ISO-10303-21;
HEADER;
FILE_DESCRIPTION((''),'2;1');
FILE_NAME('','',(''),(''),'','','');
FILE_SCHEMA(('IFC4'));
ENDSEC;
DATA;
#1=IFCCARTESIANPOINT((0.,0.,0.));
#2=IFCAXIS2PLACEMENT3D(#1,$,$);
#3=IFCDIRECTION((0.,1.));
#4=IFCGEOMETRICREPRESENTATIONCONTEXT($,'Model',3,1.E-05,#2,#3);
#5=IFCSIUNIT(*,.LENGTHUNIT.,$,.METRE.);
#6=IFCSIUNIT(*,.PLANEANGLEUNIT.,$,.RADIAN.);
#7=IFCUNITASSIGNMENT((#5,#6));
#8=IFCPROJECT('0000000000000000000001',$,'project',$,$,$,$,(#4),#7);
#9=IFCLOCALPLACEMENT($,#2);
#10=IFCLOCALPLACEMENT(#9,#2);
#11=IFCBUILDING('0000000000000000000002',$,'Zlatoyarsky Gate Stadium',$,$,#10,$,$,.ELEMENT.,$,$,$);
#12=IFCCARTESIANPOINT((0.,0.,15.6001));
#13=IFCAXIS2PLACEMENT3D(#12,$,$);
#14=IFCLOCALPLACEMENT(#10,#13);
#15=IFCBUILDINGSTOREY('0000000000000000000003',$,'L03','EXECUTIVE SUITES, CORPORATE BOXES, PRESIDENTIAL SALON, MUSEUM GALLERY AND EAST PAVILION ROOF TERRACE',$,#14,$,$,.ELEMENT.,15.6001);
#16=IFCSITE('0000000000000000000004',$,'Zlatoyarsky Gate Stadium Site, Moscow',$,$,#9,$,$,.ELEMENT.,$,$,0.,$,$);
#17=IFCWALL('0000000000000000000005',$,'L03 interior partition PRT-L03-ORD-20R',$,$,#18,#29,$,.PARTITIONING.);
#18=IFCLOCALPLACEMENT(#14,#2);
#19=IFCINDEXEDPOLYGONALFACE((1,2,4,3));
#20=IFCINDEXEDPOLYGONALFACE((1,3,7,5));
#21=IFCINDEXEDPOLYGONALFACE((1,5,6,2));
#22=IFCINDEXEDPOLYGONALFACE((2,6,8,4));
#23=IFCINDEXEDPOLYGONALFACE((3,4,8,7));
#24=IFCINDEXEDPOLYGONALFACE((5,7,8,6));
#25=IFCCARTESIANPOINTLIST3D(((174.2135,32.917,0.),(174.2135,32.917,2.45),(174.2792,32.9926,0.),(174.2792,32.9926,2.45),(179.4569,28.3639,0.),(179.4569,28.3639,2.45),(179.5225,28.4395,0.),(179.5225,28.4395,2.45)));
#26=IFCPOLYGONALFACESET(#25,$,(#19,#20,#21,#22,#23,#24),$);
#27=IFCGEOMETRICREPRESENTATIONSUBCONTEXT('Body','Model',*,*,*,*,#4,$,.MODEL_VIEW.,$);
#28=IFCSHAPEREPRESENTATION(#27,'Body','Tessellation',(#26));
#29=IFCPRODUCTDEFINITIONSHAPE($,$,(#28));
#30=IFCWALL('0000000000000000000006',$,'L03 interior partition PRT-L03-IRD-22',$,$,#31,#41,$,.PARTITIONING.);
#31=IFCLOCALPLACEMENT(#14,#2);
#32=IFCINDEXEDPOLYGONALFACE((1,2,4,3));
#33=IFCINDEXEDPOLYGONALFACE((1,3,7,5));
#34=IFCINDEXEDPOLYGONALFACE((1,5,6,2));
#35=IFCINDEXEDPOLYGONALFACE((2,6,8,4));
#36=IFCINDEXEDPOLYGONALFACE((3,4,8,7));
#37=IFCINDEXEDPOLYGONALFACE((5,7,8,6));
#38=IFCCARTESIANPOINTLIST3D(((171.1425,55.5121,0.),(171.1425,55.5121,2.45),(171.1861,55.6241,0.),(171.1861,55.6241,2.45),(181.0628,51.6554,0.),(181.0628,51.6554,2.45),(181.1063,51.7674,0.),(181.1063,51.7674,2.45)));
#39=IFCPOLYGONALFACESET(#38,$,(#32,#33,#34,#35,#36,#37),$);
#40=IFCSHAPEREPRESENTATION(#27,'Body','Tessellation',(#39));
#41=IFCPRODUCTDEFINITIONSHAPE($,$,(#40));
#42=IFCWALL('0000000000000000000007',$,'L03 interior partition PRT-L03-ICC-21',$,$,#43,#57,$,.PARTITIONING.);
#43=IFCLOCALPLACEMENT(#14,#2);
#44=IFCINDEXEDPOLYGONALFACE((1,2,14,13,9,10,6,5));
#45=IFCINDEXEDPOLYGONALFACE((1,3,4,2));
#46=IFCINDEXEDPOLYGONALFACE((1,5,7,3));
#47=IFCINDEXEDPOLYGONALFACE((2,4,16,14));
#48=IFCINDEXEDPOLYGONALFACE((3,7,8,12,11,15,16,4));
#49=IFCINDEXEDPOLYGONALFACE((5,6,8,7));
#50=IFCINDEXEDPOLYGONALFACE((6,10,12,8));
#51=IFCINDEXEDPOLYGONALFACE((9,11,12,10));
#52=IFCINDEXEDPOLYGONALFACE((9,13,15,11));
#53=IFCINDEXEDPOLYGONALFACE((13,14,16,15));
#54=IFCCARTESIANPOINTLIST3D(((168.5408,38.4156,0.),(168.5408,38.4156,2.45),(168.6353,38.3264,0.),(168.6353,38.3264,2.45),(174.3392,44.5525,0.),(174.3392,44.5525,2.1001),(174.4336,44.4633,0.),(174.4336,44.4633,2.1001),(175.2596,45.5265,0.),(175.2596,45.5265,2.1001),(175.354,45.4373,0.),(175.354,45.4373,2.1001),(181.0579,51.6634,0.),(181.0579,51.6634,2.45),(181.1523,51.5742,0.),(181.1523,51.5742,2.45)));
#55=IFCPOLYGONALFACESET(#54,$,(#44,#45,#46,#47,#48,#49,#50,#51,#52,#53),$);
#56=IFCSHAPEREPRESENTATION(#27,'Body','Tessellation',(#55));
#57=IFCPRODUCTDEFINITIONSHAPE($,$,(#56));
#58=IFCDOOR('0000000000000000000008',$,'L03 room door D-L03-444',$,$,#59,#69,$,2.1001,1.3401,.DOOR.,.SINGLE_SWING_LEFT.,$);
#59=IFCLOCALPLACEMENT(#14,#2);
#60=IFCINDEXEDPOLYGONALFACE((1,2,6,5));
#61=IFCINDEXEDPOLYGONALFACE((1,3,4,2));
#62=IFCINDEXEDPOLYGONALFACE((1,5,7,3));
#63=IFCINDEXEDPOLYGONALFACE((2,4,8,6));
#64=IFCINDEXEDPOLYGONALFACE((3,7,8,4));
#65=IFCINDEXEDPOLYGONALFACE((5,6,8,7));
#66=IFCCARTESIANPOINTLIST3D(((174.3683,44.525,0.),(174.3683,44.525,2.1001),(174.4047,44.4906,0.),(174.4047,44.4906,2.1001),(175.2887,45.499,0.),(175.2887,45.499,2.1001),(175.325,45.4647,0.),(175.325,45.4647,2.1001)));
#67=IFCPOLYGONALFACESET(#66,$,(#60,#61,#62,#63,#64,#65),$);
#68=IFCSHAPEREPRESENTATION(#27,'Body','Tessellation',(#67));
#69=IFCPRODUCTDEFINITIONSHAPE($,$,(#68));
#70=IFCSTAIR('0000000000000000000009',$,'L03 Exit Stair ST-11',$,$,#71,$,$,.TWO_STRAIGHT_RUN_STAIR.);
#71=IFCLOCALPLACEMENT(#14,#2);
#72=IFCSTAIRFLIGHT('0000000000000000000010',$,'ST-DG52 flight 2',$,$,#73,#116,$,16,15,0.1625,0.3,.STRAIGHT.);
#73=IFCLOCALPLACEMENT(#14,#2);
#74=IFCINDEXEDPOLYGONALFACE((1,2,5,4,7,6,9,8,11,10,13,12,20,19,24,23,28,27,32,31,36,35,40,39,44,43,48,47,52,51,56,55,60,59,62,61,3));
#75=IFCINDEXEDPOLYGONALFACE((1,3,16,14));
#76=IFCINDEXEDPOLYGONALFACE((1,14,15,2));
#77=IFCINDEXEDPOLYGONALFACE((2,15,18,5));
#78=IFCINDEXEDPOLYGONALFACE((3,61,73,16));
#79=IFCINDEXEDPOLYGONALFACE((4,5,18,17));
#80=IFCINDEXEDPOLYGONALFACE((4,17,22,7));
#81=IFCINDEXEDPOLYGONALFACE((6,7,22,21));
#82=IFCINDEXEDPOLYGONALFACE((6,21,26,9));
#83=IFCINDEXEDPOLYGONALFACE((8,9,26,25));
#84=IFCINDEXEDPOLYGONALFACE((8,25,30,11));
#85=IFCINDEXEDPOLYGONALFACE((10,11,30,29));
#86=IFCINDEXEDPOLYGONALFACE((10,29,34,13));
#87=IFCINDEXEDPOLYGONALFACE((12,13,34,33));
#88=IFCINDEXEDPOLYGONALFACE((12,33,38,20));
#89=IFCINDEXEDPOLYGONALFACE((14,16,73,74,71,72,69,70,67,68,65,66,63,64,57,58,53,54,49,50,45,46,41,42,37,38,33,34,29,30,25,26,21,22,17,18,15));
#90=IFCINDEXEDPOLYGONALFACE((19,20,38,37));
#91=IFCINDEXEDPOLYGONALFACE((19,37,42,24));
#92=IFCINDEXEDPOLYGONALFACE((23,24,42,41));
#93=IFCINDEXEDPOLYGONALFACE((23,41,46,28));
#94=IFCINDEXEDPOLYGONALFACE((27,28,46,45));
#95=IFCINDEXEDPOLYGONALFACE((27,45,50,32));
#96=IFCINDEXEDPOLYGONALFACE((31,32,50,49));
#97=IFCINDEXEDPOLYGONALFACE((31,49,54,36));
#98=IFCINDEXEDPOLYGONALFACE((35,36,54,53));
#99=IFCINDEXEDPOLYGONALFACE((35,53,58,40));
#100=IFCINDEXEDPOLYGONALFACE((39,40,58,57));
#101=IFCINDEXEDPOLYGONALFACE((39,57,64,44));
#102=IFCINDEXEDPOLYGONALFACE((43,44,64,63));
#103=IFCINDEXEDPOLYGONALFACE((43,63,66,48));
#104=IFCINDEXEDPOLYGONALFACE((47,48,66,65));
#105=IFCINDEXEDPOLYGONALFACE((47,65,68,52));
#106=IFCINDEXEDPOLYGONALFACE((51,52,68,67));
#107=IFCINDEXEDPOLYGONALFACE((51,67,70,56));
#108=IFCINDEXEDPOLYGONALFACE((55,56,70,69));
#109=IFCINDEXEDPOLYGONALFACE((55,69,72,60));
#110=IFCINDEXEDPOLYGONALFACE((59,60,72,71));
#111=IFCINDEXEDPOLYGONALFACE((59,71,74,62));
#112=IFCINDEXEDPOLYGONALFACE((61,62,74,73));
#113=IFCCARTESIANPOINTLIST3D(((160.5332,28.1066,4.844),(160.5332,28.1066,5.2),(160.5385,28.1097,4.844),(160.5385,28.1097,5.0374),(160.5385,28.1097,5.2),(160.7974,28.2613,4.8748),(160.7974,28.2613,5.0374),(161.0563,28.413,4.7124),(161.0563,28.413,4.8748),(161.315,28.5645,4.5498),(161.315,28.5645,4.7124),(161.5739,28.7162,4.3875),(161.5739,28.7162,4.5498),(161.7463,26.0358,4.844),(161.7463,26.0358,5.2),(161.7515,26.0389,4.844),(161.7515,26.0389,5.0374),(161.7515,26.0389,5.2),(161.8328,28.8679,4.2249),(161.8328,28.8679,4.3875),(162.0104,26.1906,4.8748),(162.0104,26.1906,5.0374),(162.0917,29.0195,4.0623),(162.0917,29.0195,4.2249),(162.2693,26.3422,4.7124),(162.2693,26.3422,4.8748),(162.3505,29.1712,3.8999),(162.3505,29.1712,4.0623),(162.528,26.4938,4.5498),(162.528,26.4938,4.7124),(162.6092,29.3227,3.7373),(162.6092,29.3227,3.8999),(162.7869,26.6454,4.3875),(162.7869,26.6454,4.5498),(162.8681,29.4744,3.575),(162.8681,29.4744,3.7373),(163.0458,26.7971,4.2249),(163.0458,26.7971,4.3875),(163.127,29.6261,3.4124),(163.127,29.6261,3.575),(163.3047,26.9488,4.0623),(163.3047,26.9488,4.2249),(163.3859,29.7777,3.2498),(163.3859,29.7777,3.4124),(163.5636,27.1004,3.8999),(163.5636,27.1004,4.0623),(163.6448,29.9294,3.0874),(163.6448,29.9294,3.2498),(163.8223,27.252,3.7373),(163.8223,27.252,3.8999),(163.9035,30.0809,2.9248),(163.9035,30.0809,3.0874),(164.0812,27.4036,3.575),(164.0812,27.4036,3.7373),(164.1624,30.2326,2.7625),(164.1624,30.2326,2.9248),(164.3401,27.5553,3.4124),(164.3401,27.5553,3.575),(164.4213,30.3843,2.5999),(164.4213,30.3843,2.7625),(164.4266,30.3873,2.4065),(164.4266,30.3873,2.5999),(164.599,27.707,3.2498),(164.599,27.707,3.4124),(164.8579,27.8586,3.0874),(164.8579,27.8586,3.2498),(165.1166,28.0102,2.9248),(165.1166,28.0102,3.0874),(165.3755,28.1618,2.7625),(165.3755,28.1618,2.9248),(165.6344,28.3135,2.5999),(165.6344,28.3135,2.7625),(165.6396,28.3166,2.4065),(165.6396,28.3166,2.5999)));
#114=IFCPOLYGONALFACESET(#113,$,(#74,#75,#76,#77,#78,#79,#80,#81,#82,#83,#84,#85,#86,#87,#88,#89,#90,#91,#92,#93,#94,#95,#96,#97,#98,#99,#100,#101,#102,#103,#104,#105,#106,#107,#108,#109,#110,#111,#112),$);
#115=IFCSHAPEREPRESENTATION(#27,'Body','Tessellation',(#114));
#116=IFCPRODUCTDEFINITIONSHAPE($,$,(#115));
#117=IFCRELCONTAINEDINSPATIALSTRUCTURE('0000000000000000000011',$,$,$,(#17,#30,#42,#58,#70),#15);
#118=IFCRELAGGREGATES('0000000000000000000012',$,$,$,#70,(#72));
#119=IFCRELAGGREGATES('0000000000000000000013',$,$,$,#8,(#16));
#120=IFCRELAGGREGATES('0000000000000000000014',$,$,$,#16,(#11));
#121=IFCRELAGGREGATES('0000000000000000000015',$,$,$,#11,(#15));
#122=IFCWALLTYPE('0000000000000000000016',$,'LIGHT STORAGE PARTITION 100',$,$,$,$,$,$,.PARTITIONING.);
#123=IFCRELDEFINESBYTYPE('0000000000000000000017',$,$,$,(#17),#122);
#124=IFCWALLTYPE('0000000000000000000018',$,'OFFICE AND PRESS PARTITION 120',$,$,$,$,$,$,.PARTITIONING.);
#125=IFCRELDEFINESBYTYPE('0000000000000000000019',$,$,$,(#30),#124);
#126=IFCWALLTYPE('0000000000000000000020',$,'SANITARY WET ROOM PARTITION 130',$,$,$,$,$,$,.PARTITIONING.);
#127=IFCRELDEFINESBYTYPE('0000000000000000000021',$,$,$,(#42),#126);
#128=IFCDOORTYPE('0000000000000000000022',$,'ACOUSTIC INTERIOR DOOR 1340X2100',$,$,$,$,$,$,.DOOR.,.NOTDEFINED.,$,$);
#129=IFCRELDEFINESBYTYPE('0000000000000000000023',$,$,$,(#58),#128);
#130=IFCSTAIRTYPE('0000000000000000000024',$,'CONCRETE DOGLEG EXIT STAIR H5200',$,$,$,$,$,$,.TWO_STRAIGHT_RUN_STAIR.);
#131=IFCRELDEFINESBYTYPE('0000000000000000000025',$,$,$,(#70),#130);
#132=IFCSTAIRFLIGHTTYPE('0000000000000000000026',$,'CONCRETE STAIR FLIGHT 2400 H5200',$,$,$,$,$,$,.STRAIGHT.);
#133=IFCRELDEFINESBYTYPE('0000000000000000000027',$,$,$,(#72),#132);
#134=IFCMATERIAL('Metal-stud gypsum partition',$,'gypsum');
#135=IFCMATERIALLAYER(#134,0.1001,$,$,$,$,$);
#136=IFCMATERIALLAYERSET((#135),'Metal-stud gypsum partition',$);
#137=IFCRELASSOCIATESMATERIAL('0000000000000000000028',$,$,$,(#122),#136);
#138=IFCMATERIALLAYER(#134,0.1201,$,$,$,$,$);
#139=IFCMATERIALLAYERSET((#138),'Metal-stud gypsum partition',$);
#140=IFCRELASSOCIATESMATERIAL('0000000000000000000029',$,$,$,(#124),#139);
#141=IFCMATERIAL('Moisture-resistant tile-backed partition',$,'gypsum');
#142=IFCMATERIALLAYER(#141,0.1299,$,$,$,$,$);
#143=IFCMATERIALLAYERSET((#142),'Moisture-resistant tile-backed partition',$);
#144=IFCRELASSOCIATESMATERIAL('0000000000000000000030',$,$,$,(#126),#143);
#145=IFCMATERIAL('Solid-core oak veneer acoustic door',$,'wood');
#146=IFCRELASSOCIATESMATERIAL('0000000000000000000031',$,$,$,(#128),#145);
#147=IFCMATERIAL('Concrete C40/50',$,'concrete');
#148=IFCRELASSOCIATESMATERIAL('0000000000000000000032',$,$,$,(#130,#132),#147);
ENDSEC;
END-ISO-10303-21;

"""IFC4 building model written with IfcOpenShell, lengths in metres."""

from ifc_helpers import new_model, si_unit, direction, frame, frame_2d, origin, place, context, subcontext, project, spatial, polyline, rectangle, outline, extrude, material, layer, layer_set, type_object, element, fill, aggregate, save


model = new_model("IFC4")

# Units and contexts
model_context = context("Model", 3, precision=1e-05, world=origin(), true_north=direction((0.0, 1.0)))
body_context = subcontext(model_context, "Body", "Model", "MODEL_VIEW")
ifc_project = project(units=[si_unit("LENGTHUNIT", "METRE"), si_unit("PLANEANGLEUNIT", "RADIAN")], contexts=[model_context])

# Site, building, storey
site_placement = place(None, origin())
site = spatial("IfcSite", under=ifc_project, at=site_placement, Name="Zlatoyarsky Gate Stadium Site, Moscow", CompositionType="ELEMENT", RefElevation=0.0)
building_placement = place(site_placement, origin())
building = spatial("IfcBuilding", under=site, at=building_placement, Name="Zlatoyarsky Gate Stadium", CompositionType="ELEMENT")
storey_placement = place(building_placement, frame((0.0, 0.0, 15.6001)))
storey = spatial("IfcBuildingStorey", under=building, at=storey_placement, Name="L03", Description="EXECUTIVE SUITES, CORPORATE BOXES, PRESIDENTIAL SALON, MUSEUM GALLERY AND EAST PAVILION ROOF TERRACE", CompositionType="ELEMENT", Elevation=15.6001)

# Shared definitions
ifc_material_1 = material(Name="Concrete C40/50", Category="concrete")

# Shared definitions
ifc_material_2 = material(Name="Metal-stud gypsum partition", Category="gypsum")
ifc_material_3 = material(Name="Solid-core oak veneer acoustic door", Category="wood")

# Walls
ifc_layer_1 = layer(ifc_material_2, 0.1001)
ifc_layer_set_1 = layer_set([ifc_layer_1], Name="Metal-stud gypsum partition")
wall_type_1 = type_object("IfcWallType", Name="LIGHT STORAGE PARTITION 100", PredefinedType="PARTITIONING", material=ifc_layer_set_1)
wall_1_placement = place(storey_placement, frame((174.2463, 32.9548, 0.0), z_axis=(0.0, 0.0, 1.0), x_axis=(0.755052, -0.655665, 0.0)))
element("IfcWall", 1, at=wall_1_placement, inside=storey, type_object=wall_type_1, Name="L03 interior partition PRT-L03-ORD-20R", PredefinedType="PARTITIONING", context=body_context, shape_type="SweptSolid", body=[
    extrude(rectangle(XDim=6.9443, YDim=0.1001, at=frame_2d((3.4722, 0.0))), origin(), (0.0, 0.0, 1.0), 2.45),
])
ifc_layer_2 = layer(ifc_material_2, 0.1201)
ifc_layer_set_2 = layer_set([ifc_layer_2], Name="Metal-stud gypsum partition")
wall_type_2 = type_object("IfcWallType", Name="OFFICE AND PRESS PARTITION 120", PredefinedType="PARTITIONING", material=ifc_layer_set_2)
wall_2_placement = place(storey_placement, frame((171.1643, 55.5681, 0.0), z_axis=(0.0, 0.0, 1.0), x_axis=(0.932041, -0.362352, 0.0)))
element("IfcWall", 2, at=wall_2_placement, inside=storey, type_object=wall_type_2, Name="L03 interior partition PRT-L03-IRD-22", PredefinedType="PARTITIONING", context=body_context, shape_type="SweptSolid", body=[
    extrude(rectangle(XDim=10.6436, YDim=0.1201, at=frame_2d((5.3218, 0.0))), origin(), (0.0, 0.0, 1.0), 2.45),
])

# Wall, opening, door
ifc_material_4 = material(Name="Moisture-resistant tile-backed partition", Category="gypsum")
ifc_layer_3 = layer(ifc_material_4, 0.1299)
ifc_layer_set_3 = layer_set([ifc_layer_3], Name="Moisture-resistant tile-backed partition")
wall_type_3 = type_object("IfcWallType", Name="SANITARY WET ROOM PARTITION 130", PredefinedType="PARTITIONING", material=ifc_layer_set_3)
wall_3_placement = place(storey_placement, frame((168.5881, 38.3711, 0.0), z_axis=(0.0, 0.0, 1.0), x_axis=(0.686777, 0.726869, 0.0)))
wall_3 = element("IfcWall", 3, at=wall_3_placement, inside=storey, type_object=wall_type_3, Name="L03 interior partition PRT-L03-ICC-21", PredefinedType="PARTITIONING", context=body_context, shape_type="SweptSolid", body=[
    extrude(rectangle(XDim=18.2258, YDim=0.1299, at=frame_2d((9.1128, 0.0))), origin(), (0.0, 0.0, 1.0), 2.45),
])
opening_1_placement = place(wall_3_placement, frame((8.4429, 0.0, 0.0)))
opening_1 = element("IfcOpeningElement", 4, at=opening_1_placement, cuts=wall_3, PredefinedType="OPENING", context=body_context, shape_type="SweptSolid", body=[
    extrude(rectangle(XDim=1.3401, YDim=2.1001, at=frame_2d((0.6699, 1.05))), frame((0.0, 0.075, 0.0), z_axis=(0.0, -1.0, 0.0), x_axis=(1.0, 0.0, 0.0)), (0.0, 0.0, 1.0), 0.1499),
])
door_type_1 = type_object("IfcDoorType", Name="ACOUSTIC INTERIOR DOOR 1340X2100", OperationType="NOTDEFINED", PredefinedType="DOOR", material=ifc_material_3)
door_1_placement = place(opening_1_placement, origin())
door_1 = element("IfcDoor", 5, at=door_1_placement, inside=storey, type_object=door_type_1, Name="L03 room door D-L03-444", OperationType="SINGLE_SWING_LEFT", OverallHeight=2.1001, OverallWidth=1.3401, PredefinedType="DOOR", context=body_context, shape_type="SweptSolid", body=[
    extrude(rectangle(XDim=1.3401, YDim=2.1001, at=frame_2d((0.6699, 1.05))), frame((0.0, 0.0249, 0.0), z_axis=(0.0, -1.0, 0.0), x_axis=(1.0, 0.0, 0.0)), (0.0, 0.0, 1.0), 0.05),
])
fill(opening_1, door_1)

# Stair, stair flight
stair_type = type_object("IfcStairType", Name="CONCRETE DOGLEG EXIT STAIR H5200", PredefinedType="TWO_STRAIGHT_RUN_STAIR", material=ifc_material_1)
stair_placement = place(storey_placement, origin())
stair = element("IfcStair", 6, at=stair_placement, inside=storey, type_object=stair_type, Name="L03 Exit Stair ST-11", PredefinedType="TWO_STRAIGHT_RUN_STAIR")
stair_flight_type = type_object("IfcStairFlightType", Name="CONCRETE STAIR FLIGHT 2400 H5200", PredefinedType="STRAIGHT", material=ifc_material_1)
stair_flight_placement = place(storey_placement, frame((165.0278, 29.3489, 2.5999), z_axis=(0.0, 0.0, 1.0), x_axis=(-0.862848, -0.505463, 0.0)))
stair_flight = element("IfcStairFlight", 7, at=stair_flight_placement, type_object=stair_flight_type, Name="ST-DG52 flight 2", NumberOfRisers=16, NumberOfTreads=15, PredefinedType="STRAIGHT", RiserHeight=0.1625, TreadLength=0.3, context=body_context, shape_type="SweptSolid", body=[
    extrude(outline(polyline([(-0.0061, -0.1934), (-0.0061, 0.0), (0.0, 0.0), (0.0, 0.1626), (0.3, 0.1626), (0.3, 0.325), (0.6001, 0.325), (0.6001, 0.4875), (0.8999, 0.4875), (0.8999, 0.6499), (1.2, 0.6499), (1.2, 0.8125), (1.5, 0.8125), (1.5, 0.9751), (1.8, 0.9751), (1.8, 1.1375), (2.1001, 1.1375), (2.1001, 1.3), (2.3999, 1.3), (2.3999, 1.4624), (2.7, 1.4624), (2.7, 1.625), (3.0, 1.625), (3.0, 1.7876), (3.3, 1.7876), (3.3, 1.95), (3.6001, 1.95), (3.6001, 2.1125), (3.8999, 2.1125), (3.8999, 2.2749), (4.2, 2.2749), (4.2, 2.4375), (4.5, 2.4375), (4.5, 2.6001), (4.5061, 2.6001), (4.5061, 2.2441), (4.5, 2.2441), (-0.0061, -0.1934)])), frame((0.0, 1.2, 0.0), z_axis=(0.0, -1.0, 0.0), x_axis=(1.0, 0.0, 0.0)), (0.0, 0.0, 1.0), 2.3999),
])
aggregate(stair, [stair_flight])

save(model, "model.ifc")
